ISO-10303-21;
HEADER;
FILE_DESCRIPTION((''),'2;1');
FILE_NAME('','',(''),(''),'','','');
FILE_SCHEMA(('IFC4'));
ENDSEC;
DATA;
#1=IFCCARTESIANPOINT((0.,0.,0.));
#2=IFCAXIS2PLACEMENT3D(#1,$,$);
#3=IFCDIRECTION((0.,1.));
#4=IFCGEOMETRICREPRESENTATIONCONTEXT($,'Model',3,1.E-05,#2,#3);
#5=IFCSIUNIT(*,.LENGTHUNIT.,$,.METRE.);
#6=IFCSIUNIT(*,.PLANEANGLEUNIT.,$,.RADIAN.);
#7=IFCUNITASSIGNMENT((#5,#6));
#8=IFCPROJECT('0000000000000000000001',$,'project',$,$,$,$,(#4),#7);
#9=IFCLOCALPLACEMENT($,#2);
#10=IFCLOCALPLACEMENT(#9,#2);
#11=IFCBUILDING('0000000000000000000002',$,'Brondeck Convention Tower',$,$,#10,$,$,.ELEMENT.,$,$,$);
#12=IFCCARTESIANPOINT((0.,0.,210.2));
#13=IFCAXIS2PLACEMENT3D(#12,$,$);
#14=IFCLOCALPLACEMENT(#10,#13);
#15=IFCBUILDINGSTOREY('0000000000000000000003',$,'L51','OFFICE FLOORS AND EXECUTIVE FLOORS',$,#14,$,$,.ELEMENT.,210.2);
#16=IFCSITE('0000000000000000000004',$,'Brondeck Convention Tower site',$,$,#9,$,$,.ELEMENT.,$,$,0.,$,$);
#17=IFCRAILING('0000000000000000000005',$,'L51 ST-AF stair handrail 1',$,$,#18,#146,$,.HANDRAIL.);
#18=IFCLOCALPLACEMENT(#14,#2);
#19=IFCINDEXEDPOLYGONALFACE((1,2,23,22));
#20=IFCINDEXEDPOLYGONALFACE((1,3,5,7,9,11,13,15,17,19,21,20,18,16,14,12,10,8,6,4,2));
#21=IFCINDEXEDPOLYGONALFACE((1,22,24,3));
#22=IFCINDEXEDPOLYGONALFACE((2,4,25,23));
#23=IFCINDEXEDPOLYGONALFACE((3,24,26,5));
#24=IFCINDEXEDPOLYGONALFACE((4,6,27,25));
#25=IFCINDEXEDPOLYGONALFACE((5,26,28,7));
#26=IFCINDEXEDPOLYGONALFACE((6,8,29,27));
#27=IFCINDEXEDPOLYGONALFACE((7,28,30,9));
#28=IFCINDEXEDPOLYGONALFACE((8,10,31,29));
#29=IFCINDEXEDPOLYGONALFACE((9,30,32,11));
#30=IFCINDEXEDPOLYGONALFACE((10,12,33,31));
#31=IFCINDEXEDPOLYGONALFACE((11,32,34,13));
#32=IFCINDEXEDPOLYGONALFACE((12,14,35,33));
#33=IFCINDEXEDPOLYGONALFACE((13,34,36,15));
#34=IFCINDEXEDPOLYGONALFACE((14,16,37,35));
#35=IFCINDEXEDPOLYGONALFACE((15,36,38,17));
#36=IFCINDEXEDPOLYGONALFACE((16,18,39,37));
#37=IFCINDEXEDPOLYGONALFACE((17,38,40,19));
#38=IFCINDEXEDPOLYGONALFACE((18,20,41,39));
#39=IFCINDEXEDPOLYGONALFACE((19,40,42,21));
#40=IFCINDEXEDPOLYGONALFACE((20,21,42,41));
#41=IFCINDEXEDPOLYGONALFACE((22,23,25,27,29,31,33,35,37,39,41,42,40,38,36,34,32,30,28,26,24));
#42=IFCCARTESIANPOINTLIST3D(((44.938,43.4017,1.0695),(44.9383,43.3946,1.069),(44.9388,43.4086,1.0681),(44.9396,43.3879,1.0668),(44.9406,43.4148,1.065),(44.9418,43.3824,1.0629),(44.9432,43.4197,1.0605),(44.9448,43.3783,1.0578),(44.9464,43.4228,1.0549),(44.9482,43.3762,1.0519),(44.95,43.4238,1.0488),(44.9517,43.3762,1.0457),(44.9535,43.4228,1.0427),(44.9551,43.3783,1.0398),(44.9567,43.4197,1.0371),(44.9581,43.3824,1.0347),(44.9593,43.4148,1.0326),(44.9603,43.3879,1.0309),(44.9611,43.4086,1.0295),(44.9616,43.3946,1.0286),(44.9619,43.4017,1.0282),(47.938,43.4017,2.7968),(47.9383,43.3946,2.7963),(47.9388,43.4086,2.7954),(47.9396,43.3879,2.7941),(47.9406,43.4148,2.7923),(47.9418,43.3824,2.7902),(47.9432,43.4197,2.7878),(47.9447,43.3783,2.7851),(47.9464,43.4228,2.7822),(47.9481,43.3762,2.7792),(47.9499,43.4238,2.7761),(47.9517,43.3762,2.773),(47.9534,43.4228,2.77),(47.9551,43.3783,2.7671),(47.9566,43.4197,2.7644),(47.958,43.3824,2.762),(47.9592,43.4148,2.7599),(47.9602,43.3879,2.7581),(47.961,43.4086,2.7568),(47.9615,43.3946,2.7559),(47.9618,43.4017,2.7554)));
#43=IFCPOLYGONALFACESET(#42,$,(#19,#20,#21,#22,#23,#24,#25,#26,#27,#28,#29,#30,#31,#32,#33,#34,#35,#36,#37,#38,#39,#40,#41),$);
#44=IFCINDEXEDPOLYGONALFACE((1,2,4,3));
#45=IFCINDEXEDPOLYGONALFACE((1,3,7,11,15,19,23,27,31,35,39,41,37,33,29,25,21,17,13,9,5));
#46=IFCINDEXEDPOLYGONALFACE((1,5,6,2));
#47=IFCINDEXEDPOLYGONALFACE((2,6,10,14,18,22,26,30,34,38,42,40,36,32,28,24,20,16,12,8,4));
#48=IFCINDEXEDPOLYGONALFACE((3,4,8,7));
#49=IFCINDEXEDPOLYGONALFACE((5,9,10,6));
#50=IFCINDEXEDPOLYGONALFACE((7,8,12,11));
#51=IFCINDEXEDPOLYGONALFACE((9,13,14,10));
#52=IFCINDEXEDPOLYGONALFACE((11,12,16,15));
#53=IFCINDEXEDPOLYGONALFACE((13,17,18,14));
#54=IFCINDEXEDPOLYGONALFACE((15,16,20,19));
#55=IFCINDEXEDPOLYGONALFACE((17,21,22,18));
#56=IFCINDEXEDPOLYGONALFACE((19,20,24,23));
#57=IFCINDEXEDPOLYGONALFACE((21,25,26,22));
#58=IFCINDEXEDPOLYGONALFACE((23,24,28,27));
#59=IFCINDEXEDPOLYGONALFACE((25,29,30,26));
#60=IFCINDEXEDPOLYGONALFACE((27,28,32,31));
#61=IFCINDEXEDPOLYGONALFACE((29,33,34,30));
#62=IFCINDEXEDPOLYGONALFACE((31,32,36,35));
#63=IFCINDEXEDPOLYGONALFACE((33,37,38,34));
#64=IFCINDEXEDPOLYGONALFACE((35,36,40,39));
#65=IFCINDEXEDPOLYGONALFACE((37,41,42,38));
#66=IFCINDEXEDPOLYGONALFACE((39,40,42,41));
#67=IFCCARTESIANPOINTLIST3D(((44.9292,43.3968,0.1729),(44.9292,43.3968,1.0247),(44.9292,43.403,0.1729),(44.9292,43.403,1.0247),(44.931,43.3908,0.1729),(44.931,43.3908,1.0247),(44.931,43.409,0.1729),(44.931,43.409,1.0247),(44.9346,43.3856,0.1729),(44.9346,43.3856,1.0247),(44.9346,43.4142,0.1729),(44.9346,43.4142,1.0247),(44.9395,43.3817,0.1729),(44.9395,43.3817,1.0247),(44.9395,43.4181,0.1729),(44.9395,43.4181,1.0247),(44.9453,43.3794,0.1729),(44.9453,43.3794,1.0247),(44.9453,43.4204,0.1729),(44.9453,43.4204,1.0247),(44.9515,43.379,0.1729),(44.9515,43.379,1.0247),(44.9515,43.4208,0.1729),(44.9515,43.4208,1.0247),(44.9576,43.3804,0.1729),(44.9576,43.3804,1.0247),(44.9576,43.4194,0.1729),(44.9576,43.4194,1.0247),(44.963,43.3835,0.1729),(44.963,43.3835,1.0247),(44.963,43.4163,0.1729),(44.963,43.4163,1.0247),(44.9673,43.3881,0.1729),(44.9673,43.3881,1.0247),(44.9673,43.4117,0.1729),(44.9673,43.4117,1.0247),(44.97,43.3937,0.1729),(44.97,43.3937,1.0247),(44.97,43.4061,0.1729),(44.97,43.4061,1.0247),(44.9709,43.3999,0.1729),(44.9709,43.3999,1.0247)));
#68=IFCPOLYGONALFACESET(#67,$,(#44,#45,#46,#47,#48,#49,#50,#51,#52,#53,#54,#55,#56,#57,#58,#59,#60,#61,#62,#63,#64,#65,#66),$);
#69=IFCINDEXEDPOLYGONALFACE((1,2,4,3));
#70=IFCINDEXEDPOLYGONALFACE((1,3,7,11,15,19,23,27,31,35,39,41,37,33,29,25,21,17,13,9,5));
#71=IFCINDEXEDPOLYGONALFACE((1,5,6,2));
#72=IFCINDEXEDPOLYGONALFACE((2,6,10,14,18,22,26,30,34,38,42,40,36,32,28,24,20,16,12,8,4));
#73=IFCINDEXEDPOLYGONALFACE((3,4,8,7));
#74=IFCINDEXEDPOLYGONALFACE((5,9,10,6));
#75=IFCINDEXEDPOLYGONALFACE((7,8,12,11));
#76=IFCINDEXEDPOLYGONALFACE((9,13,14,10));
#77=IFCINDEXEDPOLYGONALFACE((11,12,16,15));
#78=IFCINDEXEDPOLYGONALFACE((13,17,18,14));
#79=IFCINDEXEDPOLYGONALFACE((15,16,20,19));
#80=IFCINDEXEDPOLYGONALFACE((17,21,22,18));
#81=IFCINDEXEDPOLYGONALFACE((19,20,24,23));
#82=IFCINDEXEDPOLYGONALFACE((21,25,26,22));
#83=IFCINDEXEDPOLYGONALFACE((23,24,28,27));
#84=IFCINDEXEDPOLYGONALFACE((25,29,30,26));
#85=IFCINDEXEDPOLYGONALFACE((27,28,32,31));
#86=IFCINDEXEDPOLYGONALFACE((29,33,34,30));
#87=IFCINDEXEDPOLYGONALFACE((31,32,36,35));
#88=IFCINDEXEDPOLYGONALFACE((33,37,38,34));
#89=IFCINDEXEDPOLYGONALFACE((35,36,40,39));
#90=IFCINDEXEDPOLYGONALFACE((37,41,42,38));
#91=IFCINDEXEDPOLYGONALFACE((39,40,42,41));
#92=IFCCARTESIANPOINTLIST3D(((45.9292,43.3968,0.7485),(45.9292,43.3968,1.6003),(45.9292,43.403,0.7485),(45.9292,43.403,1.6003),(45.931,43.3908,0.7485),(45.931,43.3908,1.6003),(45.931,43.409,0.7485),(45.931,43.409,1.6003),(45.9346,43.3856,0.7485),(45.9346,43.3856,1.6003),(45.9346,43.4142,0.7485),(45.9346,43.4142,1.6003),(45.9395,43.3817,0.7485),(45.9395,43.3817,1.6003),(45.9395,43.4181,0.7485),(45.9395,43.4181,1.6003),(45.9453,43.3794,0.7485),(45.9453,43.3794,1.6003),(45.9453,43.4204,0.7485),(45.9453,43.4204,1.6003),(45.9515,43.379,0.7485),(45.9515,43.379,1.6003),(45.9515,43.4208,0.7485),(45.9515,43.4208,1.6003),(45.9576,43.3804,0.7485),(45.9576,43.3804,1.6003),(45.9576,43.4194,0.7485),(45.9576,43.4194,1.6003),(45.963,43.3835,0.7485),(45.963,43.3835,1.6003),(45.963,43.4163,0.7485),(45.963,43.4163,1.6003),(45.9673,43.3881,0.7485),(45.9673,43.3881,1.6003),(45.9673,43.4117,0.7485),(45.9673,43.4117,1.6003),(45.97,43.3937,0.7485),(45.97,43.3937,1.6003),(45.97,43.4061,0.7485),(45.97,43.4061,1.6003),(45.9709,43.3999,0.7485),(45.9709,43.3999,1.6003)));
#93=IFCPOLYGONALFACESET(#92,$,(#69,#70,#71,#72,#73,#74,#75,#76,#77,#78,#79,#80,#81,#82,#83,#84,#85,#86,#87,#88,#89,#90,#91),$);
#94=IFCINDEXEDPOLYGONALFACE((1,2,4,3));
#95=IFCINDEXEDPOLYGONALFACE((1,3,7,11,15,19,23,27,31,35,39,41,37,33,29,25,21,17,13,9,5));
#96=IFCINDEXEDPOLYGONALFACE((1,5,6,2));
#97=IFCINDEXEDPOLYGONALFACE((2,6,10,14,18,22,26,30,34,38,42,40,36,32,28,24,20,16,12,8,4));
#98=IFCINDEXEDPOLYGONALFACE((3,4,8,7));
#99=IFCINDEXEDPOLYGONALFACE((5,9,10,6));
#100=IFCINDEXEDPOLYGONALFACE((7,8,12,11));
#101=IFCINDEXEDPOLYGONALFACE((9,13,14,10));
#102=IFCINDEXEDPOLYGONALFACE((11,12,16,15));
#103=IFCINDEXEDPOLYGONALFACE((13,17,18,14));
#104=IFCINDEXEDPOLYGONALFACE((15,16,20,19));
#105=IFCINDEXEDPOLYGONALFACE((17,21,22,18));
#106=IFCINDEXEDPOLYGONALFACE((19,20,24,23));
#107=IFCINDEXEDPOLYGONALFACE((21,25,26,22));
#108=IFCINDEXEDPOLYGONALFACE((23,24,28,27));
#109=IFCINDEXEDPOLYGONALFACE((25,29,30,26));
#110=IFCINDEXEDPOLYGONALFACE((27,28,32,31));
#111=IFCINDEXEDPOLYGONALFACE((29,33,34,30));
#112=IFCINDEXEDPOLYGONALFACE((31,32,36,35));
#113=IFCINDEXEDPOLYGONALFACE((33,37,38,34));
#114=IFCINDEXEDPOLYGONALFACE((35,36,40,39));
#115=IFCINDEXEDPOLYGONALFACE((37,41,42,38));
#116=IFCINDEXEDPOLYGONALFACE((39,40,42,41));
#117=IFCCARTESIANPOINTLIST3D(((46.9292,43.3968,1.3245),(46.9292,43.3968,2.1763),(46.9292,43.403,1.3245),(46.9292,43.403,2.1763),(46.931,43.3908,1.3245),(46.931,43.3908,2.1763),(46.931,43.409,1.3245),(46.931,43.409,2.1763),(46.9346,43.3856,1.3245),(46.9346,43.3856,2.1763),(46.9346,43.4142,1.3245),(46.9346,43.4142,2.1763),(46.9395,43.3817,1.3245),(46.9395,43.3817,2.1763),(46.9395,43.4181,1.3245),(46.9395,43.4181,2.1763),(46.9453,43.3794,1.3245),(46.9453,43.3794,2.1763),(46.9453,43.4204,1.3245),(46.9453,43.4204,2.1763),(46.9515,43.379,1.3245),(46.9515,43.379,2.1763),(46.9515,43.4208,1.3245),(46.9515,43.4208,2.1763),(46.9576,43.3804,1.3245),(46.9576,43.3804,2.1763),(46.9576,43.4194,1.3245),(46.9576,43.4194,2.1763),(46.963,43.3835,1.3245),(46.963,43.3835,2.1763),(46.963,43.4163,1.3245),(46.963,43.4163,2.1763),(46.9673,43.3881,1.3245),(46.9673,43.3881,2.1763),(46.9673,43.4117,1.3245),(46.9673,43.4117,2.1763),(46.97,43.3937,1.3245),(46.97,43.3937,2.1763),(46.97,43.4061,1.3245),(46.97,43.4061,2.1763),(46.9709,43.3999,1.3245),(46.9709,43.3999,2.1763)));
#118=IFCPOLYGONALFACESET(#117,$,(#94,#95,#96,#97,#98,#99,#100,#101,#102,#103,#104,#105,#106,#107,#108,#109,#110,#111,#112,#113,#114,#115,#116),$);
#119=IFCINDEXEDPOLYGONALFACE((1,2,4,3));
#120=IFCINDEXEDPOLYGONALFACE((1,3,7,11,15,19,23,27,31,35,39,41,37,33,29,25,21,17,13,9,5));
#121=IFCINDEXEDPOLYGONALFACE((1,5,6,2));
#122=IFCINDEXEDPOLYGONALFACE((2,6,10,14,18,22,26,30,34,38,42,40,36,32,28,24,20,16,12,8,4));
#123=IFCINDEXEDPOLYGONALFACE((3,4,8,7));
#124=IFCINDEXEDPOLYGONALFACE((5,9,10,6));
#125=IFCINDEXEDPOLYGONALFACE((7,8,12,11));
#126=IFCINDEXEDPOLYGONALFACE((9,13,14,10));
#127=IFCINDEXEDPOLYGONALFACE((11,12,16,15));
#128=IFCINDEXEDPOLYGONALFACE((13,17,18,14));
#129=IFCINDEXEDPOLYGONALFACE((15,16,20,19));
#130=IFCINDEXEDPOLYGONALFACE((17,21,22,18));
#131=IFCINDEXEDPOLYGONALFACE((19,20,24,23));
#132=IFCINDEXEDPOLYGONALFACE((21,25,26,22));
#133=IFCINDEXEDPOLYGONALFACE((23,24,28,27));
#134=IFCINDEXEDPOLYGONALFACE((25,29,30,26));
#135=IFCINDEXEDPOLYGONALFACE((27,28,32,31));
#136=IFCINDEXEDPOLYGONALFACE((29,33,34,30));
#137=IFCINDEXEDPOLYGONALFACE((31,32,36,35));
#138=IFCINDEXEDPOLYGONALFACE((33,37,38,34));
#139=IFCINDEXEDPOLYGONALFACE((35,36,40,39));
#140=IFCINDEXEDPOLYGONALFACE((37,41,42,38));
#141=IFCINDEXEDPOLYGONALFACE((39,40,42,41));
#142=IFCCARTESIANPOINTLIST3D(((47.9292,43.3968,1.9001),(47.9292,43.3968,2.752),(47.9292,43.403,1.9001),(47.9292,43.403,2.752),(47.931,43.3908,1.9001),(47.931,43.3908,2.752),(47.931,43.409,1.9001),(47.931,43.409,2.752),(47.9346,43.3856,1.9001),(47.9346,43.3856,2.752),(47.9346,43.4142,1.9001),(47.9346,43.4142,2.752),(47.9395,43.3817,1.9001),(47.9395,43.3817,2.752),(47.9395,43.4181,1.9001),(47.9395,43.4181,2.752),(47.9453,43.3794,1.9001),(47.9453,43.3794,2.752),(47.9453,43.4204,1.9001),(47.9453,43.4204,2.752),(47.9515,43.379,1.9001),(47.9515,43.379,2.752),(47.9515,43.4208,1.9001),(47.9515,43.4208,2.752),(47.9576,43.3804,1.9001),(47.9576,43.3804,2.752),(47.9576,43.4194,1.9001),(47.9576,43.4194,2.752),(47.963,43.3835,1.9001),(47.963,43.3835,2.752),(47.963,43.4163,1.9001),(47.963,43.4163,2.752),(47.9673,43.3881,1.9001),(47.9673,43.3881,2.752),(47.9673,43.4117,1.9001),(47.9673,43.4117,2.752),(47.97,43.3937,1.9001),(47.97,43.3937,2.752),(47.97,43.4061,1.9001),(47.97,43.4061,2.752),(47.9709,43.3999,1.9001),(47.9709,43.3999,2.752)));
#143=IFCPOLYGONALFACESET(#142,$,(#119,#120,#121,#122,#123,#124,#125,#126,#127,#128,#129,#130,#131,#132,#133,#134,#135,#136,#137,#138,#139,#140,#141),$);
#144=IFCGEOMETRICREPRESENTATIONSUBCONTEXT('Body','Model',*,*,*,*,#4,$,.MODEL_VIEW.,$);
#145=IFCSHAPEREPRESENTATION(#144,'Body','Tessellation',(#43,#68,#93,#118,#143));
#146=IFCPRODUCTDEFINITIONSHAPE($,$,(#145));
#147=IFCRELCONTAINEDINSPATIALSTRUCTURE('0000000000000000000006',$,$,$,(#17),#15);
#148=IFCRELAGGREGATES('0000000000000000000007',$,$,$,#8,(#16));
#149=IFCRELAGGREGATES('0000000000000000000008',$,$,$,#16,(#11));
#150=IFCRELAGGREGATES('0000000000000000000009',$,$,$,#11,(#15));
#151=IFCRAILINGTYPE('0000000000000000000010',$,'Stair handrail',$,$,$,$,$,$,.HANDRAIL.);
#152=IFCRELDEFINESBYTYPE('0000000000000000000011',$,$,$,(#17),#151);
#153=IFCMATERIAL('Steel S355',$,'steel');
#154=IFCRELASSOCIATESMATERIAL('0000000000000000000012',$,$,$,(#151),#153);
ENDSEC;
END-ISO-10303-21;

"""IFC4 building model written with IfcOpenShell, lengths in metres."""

from ifc_helpers import new_model, si_unit, direction, frame, origin, origin_2d, place, context, subcontext, project, spatial, circle, extrude, material, type_object, element, save


model = new_model("IFC4")

# Units and contexts
model_context = context("Model", 3, precision=1e-05, world=origin(), true_north=direction((0.0, 1.0)))
body_context = subcontext(model_context, "Body", "Model", "MODEL_VIEW")
ifc_project = project(units=[si_unit("LENGTHUNIT", "METRE"), si_unit("PLANEANGLEUNIT", "RADIAN")], contexts=[model_context])

# Site, building, storey
site_placement = place(None, origin())
site = spatial("IfcSite", under=ifc_project, at=site_placement, Name="Brondeck Convention Tower site", CompositionType="ELEMENT", RefElevation=0.0)
building_placement = place(site_placement, origin())
building = spatial("IfcBuilding", under=site, at=building_placement, Name="Brondeck Convention Tower", CompositionType="ELEMENT")
storey_placement = place(building_placement, frame((0.0, 0.0, 210.2)))
storey = spatial("IfcBuildingStorey", under=building, at=storey_placement, Name="L51", Description="OFFICE FLOORS AND EXECUTIVE FLOORS", CompositionType="ELEMENT", Elevation=210.2)

# Shared definitions
ifc_material_1 = material(Name="Steel S355", Category="steel")

# Railing
railing_type_1 = type_object("IfcRailingType", Name="Stair handrail", PredefinedType="HANDRAIL", material=ifc_material_1)
railing_1_placement = place(storey_placement, frame((44.95, 43.3999, 0.1729)))
element("IfcRailing", 1, at=railing_1_placement, inside=storey, type_object=railing_type_1, Name="L51 ST-AF stair handrail 1", PredefinedType="HANDRAIL", context=body_context, shape_type="SweptSolid", body=[
    extrude(circle(Radius=0.0239, at=origin_2d()), frame((0.0, 0.0, 0.876), z_axis=(0.86662, 0.0, 0.498969), x_axis=(0.0, 1.0, 0.0)), (0.0, 0.0, 1.0), 3.4617),
    extrude(circle(Radius=0.021, at=origin_2d()), origin(), (0.0, 0.0, 1.0), 0.8518),
    extrude(circle(Radius=0.021, at=origin_2d()), frame((1.0, 0.0, 0.5757)), (0.0, 0.0, 1.0), 0.8518),
    extrude(circle(Radius=0.021, at=origin_2d()), frame((2.0, 0.0, 1.1516)), (0.0, 0.0, 1.0), 0.8518),
    extrude(circle(Radius=0.021, at=origin_2d()), frame((3.0, 0.0, 1.7273)), (0.0, 0.0, 1.0), 0.8518),
])

save(model, "model.ifc")
